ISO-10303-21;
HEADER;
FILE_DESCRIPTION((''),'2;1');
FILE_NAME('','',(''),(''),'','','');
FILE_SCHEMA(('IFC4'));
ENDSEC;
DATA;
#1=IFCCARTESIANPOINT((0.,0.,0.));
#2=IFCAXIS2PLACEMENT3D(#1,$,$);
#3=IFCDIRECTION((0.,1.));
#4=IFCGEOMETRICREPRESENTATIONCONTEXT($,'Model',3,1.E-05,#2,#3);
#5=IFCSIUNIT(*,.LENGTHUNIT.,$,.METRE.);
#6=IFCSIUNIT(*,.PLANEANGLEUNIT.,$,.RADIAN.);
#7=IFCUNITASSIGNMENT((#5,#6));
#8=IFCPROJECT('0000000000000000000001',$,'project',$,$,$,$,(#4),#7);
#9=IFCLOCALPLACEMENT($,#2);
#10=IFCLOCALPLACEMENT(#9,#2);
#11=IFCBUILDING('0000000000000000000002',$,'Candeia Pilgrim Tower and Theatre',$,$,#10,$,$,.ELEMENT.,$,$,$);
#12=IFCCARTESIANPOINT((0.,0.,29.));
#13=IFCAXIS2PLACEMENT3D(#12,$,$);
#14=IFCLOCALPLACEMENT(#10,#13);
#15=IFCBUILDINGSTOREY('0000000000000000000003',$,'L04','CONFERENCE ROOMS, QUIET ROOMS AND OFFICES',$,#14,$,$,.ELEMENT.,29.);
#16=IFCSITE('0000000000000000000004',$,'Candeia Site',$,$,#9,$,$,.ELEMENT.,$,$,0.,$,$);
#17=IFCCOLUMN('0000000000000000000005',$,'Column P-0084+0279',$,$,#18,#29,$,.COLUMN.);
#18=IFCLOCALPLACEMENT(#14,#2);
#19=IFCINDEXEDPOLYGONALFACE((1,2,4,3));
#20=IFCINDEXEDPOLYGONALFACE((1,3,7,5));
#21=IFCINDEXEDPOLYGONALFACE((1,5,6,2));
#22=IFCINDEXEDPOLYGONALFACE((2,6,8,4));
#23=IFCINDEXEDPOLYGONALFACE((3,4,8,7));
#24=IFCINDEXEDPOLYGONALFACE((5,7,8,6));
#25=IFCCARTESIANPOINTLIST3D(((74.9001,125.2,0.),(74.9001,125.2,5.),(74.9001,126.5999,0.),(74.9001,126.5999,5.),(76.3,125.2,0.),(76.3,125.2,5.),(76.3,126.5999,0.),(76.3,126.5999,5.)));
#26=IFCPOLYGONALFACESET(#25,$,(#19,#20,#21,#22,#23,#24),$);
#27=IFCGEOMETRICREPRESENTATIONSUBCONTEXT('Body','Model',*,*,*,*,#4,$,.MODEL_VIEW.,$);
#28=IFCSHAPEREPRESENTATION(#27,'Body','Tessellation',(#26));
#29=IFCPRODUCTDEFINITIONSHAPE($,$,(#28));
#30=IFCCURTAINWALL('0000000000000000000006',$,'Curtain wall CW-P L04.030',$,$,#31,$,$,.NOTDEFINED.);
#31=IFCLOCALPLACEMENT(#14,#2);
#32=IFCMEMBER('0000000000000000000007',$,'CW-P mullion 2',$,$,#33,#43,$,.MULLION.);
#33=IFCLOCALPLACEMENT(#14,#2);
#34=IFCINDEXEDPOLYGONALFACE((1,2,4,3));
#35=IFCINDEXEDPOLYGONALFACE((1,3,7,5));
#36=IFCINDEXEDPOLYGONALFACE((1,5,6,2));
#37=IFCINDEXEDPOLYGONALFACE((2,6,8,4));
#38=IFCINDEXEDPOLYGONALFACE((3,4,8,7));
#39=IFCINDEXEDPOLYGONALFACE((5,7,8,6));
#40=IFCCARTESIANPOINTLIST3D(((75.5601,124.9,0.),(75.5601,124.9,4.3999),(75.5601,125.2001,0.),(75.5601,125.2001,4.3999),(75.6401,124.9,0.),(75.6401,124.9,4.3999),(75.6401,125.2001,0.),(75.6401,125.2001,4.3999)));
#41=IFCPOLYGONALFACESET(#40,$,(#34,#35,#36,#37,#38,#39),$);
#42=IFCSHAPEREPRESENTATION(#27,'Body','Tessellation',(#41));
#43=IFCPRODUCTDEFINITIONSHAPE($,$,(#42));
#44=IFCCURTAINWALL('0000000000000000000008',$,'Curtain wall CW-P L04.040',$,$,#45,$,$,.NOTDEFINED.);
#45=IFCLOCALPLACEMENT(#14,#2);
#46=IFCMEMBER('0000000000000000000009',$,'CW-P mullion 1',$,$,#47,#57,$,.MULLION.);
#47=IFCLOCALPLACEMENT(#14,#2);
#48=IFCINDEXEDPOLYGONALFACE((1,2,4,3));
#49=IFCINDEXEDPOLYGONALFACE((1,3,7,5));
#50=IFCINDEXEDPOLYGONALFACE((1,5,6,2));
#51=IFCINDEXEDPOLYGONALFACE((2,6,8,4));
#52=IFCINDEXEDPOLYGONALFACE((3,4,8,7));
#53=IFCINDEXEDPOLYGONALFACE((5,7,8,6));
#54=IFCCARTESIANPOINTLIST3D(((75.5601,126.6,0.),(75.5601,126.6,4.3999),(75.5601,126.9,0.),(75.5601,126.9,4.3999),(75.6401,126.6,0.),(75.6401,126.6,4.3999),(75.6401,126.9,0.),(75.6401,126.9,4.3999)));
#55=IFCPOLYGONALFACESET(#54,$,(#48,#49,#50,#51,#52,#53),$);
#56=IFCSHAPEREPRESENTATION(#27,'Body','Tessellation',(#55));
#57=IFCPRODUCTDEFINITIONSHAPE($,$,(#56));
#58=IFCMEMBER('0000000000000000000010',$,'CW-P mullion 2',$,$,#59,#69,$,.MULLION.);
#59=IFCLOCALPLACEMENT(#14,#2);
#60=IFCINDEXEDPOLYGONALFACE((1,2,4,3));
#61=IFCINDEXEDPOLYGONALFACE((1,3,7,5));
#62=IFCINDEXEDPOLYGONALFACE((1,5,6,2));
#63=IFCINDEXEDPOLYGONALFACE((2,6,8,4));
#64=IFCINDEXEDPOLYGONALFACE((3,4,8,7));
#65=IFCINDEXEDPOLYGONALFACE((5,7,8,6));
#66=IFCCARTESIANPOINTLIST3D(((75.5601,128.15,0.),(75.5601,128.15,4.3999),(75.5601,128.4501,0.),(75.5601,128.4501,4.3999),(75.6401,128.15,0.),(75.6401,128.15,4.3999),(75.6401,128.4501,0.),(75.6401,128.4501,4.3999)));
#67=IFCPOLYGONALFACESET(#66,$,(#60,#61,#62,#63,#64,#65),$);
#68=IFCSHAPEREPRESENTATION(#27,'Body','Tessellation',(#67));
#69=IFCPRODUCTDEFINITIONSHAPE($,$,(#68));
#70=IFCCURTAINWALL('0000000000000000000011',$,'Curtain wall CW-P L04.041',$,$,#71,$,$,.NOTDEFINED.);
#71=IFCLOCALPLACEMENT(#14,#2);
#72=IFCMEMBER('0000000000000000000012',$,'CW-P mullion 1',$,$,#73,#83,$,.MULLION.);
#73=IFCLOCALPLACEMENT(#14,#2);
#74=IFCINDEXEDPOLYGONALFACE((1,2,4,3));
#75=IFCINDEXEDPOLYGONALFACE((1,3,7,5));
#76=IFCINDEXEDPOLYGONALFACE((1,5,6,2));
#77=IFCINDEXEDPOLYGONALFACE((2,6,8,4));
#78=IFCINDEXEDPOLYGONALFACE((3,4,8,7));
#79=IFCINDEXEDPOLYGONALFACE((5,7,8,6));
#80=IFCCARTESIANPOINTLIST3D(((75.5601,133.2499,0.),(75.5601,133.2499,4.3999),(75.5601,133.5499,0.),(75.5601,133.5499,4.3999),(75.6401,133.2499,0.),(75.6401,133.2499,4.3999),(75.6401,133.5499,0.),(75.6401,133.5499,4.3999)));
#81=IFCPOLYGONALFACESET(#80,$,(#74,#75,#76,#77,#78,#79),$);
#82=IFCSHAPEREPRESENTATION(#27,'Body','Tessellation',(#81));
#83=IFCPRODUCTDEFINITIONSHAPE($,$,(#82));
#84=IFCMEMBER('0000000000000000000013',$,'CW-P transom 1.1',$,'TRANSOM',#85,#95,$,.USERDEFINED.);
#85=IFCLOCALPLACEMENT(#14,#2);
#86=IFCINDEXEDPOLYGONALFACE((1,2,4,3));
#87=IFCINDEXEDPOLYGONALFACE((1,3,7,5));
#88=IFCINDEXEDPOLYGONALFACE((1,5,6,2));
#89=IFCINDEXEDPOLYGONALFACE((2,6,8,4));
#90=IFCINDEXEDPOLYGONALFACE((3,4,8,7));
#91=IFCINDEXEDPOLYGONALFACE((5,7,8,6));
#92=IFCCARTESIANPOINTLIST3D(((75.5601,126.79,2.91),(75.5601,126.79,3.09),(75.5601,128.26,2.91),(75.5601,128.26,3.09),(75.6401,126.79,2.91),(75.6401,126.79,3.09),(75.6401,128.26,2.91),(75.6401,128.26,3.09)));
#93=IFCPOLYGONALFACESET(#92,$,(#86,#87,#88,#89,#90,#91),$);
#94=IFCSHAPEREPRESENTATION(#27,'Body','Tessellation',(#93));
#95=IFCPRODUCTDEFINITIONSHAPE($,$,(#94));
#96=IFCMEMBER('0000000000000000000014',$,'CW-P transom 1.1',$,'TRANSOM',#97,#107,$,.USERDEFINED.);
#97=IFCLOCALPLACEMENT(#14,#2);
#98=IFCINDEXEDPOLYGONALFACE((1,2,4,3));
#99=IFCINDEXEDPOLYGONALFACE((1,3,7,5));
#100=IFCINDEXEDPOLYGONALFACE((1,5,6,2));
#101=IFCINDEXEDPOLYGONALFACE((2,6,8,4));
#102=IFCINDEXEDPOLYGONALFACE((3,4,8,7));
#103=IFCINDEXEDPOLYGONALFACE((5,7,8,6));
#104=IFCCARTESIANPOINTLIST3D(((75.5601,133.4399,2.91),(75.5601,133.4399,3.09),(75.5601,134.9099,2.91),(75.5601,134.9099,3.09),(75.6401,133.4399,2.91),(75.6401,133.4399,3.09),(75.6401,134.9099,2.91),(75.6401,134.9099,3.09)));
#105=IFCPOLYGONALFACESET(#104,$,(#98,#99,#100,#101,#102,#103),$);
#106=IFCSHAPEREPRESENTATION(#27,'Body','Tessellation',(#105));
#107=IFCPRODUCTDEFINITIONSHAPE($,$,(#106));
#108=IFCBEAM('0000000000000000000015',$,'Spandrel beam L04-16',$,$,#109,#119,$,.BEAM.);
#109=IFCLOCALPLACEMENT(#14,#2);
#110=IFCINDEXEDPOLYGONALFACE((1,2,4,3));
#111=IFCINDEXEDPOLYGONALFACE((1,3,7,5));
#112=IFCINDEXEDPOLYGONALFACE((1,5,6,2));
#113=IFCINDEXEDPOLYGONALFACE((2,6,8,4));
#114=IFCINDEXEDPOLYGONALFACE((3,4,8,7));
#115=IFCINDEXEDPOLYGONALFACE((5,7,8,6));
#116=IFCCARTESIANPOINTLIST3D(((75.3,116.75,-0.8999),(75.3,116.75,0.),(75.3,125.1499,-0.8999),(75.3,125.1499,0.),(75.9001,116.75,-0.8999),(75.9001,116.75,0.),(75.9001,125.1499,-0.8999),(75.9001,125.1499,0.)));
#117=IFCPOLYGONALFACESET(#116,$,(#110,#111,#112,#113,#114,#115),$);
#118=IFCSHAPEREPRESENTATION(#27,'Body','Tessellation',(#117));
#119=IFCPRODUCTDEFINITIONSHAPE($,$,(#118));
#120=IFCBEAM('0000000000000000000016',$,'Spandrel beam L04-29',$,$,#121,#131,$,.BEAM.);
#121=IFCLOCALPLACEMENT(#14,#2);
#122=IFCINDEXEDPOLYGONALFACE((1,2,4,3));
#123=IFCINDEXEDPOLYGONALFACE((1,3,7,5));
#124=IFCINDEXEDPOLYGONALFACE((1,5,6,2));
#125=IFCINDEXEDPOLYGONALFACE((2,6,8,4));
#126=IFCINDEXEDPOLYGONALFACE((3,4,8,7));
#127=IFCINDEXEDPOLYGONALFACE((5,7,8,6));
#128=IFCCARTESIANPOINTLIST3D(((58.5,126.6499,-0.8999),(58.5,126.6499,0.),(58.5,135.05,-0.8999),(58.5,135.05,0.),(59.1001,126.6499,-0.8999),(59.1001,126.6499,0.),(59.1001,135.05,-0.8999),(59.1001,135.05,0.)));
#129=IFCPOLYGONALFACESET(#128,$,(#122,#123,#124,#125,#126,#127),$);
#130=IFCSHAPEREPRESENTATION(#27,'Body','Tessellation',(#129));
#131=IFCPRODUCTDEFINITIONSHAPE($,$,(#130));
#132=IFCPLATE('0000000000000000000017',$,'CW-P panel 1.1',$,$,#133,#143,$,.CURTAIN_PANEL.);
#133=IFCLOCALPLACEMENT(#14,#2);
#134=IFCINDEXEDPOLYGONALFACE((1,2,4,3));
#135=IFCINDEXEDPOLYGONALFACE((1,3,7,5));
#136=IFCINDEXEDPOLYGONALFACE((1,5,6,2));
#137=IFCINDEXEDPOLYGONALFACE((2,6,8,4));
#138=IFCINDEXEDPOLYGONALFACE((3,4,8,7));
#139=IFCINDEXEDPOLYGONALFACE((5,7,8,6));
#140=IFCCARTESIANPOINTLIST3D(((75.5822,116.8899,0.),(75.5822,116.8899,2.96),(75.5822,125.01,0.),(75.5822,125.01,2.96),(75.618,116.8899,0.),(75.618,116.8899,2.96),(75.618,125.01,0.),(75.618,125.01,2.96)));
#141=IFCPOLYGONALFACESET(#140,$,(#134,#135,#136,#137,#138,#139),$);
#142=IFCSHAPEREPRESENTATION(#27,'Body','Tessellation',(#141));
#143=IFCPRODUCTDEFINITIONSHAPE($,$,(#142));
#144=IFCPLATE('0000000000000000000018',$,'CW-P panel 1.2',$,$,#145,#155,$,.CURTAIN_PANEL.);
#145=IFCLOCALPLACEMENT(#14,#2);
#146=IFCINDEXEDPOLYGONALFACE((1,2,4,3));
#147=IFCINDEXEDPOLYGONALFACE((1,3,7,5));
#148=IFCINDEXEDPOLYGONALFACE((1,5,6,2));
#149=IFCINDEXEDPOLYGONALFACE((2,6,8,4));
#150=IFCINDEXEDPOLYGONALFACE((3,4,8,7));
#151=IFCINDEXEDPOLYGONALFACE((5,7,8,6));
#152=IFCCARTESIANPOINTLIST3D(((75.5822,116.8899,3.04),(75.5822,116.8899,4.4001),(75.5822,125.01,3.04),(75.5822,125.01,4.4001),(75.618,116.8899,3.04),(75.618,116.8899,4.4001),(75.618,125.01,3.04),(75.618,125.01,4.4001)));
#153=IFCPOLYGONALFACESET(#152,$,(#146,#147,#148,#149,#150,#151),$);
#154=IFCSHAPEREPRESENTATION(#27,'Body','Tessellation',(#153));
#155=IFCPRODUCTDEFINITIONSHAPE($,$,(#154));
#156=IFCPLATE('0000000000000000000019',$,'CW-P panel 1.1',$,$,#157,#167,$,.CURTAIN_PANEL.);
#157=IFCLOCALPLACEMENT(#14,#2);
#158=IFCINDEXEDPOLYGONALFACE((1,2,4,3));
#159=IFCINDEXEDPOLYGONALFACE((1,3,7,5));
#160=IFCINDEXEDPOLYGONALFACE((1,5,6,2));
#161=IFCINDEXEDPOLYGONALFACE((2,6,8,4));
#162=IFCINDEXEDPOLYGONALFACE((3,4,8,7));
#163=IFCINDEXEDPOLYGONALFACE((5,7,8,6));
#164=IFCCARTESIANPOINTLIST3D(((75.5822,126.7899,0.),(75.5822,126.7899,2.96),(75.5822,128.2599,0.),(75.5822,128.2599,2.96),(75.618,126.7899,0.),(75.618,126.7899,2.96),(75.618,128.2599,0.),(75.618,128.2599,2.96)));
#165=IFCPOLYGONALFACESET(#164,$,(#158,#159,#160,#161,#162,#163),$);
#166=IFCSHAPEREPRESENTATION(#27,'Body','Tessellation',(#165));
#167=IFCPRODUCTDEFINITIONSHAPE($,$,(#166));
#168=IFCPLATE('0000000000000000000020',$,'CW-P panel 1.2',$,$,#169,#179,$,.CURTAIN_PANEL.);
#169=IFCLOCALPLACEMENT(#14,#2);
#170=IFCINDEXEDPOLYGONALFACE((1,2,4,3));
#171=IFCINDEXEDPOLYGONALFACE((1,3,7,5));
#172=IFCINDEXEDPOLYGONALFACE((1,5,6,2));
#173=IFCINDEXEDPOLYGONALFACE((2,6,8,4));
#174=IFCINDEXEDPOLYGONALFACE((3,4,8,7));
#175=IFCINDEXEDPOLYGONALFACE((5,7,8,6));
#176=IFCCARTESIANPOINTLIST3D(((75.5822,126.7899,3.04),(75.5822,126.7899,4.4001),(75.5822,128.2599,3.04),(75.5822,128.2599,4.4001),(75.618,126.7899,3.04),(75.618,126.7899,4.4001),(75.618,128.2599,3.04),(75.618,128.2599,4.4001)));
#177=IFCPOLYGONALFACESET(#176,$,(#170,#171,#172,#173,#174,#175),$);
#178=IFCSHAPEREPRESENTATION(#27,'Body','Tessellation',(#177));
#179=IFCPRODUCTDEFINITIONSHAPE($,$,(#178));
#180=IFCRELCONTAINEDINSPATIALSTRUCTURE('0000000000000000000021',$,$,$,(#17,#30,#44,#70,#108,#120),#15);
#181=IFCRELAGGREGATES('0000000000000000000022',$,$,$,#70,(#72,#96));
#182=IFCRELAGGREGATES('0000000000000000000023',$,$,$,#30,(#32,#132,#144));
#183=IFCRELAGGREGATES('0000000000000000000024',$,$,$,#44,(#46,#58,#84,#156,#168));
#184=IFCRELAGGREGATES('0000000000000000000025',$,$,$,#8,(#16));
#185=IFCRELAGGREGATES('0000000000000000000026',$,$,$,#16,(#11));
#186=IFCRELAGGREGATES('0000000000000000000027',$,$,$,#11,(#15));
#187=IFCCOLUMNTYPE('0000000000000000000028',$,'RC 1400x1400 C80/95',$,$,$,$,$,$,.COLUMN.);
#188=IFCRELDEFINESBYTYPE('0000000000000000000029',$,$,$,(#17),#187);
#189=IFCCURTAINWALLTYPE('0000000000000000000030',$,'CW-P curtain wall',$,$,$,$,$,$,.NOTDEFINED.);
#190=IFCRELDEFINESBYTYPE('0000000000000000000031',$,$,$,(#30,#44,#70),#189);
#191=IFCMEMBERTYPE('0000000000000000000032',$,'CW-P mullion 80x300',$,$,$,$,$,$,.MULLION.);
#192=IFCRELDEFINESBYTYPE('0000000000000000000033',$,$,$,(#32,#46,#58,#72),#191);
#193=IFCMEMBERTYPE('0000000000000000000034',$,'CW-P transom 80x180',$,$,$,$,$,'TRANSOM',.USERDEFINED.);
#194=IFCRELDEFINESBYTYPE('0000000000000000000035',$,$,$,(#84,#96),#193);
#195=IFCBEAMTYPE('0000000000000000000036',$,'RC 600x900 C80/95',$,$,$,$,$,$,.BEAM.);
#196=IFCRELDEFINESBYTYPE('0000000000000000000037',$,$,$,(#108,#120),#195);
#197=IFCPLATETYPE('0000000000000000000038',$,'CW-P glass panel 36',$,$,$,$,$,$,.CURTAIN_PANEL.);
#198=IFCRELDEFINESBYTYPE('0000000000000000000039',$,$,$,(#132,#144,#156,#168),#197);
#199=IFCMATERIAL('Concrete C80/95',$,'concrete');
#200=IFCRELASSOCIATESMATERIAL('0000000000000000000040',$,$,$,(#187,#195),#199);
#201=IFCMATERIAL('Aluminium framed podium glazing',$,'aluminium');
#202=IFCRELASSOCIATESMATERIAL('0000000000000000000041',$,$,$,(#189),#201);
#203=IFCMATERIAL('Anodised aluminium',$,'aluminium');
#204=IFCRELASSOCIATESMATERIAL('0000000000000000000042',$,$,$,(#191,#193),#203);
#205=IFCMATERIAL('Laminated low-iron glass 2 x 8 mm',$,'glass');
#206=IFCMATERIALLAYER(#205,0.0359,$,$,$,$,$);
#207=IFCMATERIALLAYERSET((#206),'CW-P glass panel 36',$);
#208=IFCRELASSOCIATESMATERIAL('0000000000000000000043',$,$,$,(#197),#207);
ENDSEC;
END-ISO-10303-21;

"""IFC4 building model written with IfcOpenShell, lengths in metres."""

from ifc_helpers import new_model, si_unit, direction, frame, origin, origin_2d, place, context, subcontext, project, spatial, rectangle, extrude, material, layer, layer_set, material_profile, profile_set, type_object, element, aggregate, save


model = new_model("IFC4")

# Units and contexts
model_context = context("Model", 3, precision=1e-05, world=origin(), true_north=direction((0.0, 1.0)))
body_context = subcontext(model_context, "Body", "Model", "MODEL_VIEW")
ifc_project = project(units=[si_unit("LENGTHUNIT", "METRE"), si_unit("PLANEANGLEUNIT", "RADIAN")], contexts=[model_context])

# Site, building, storey
site_placement = place(None, origin())
site = spatial("IfcSite", under=ifc_project, at=site_placement, Name="Candeia Site", CompositionType="ELEMENT", RefElevation=0.0)
building_placement = place(site_placement, origin())
building = spatial("IfcBuilding", under=site, at=building_placement, Name="Candeia Pilgrim Tower and Theatre", CompositionType="ELEMENT")
storey_placement = place(building_placement, frame((0.0, 0.0, 29.0)))
storey = spatial("IfcBuildingStorey", under=building, at=storey_placement, Name="L04", Description="CONFERENCE ROOMS, QUIET ROOMS AND OFFICES", CompositionType="ELEMENT", Elevation=29.0)

# Column
ifc_material_1 = material(Name="Concrete C80/95", Category="concrete")
ifc_material_profile_1 = material_profile(ifc_material_1, rectangle(XDim=1.3999, YDim=1.3999, at=origin_2d()))
ifc_profile_set_1 = profile_set([ifc_material_profile_1], Name="Concrete C80/95")
column_type = type_object("IfcColumnType", Name="RC 1400x1400 C80/95", PredefinedType="COLUMN", material=ifc_profile_set_1)
column_placement = place(storey_placement, frame((75.6001, 125.8999, 0.0), z_axis=(0.0, 0.0, 1.0), x_axis=(1.0, 0.0, 0.0)))
element("IfcColumn", 1, at=column_placement, inside=storey, type_object=column_type, Name="Column P-0084+0279", PredefinedType="COLUMN", context=body_context, shape_type="SweptSolid", body=[
    extrude(rectangle(XDim=1.3999, YDim=1.3999, at=origin_2d()), origin(), (0.0, 0.0, 1.0), 5.0),
])

# Curtain wall, member
ifc_material_2 = material(Name="Aluminium framed podium glazing", Category="aluminium")
curtain_wall_type = type_object("IfcCurtainWallType", Name="CW-P curtain wall", PredefinedType="NOTDEFINED", material=ifc_material_2)
curtain_wall_1_placement = place(storey_placement, origin())
curtain_wall_1 = element("IfcCurtainWall", 2, at=curtain_wall_1_placement, inside=storey, type_object=curtain_wall_type, Name="Curtain wall CW-P L04.030", PredefinedType="NOTDEFINED")
ifc_material_3 = material(Name="Anodised aluminium", Category="aluminium")
ifc_material_profile_2 = material_profile(ifc_material_3, rectangle(XDim=0.0801, YDim=0.3, at=origin_2d()))
ifc_profile_set_2 = profile_set([ifc_material_profile_2], Name="Anodised aluminium")
member_type_1 = type_object("IfcMemberType", Name="CW-P mullion 80x300", PredefinedType="MULLION", material=ifc_profile_set_2)
member_1_placement = place(storey_placement, frame((75.6001, 125.05, 0.0), z_axis=(0.0, 0.0, 1.0), x_axis=(-1.0, 0.0, 0.0)))
member_1 = element("IfcMember", 3, at=member_1_placement, type_object=member_type_1, Name="CW-P mullion 2", PredefinedType="MULLION", context=body_context, shape_type="SweptSolid", body=[
    extrude(rectangle(XDim=0.0801, YDim=0.3, at=origin_2d()), origin(), (0.0, 0.0, 1.0), 4.3999),
])

# Curtain wall, members
curtain_wall_2_placement = place(storey_placement, origin())
curtain_wall_2 = element("IfcCurtainWall", 4, at=curtain_wall_2_placement, inside=storey, type_object=curtain_wall_type, Name="Curtain wall CW-P L04.040", PredefinedType="NOTDEFINED")
member_2_placement = place(storey_placement, frame((75.6001, 126.75, 0.0), z_axis=(0.0, 0.0, 1.0), x_axis=(-1.0, 0.0, 0.0)))
member_2 = element("IfcMember", 5, at=member_2_placement, type_object=member_type_1, Name="CW-P mullion 1", PredefinedType="MULLION", context=body_context, shape_type="SweptSolid", body=[
    extrude(rectangle(XDim=0.0801, YDim=0.3, at=origin_2d()), origin(), (0.0, 0.0, 1.0), 4.3999),
])
member_3_placement = place(storey_placement, frame((75.6001, 128.3, 0.0), z_axis=(0.0, 0.0, 1.0), x_axis=(-1.0, 0.0, 0.0)))
member_3 = element("IfcMember", 6, at=member_3_placement, type_object=member_type_1, Name="CW-P mullion 2", PredefinedType="MULLION", context=body_context, shape_type="SweptSolid", body=[
    extrude(rectangle(XDim=0.0801, YDim=0.3, at=origin_2d()), origin(), (0.0, 0.0, 1.0), 4.3999),
])

# Curtain wall, member
curtain_wall_3_placement = place(storey_placement, origin())
curtain_wall_3 = element("IfcCurtainWall", 7, at=curtain_wall_3_placement, inside=storey, type_object=curtain_wall_type, Name="Curtain wall CW-P L04.041", PredefinedType="NOTDEFINED")
member_4_placement = place(storey_placement, frame((75.6001, 133.3999, 0.0), z_axis=(0.0, 0.0, 1.0), x_axis=(-1.0, 0.0, 0.0)))
member_4 = element("IfcMember", 8, at=member_4_placement, type_object=member_type_1, Name="CW-P mullion 1", PredefinedType="MULLION", context=body_context, shape_type="SweptSolid", body=[
    extrude(rectangle(XDim=0.0801, YDim=0.3, at=origin_2d()), origin(), (0.0, 0.0, 1.0), 4.3999),
])

# Members
ifc_material_profile_3 = material_profile(ifc_material_3, rectangle(XDim=0.0801, YDim=0.1799, at=origin_2d()))
ifc_profile_set_3 = profile_set([ifc_material_profile_3], Name="Anodised aluminium")
member_type_2 = type_object("IfcMemberType", Name="CW-P transom 80x180", ElementType="TRANSOM", PredefinedType="USERDEFINED", material=ifc_profile_set_3)
member_5_placement = place(storey_placement, frame((75.6001, 126.79, 3.0), z_axis=(0.0, 1.0, 0.0), x_axis=(-1.0, 0.0, 0.0)))
member_5 = element("IfcMember", 9, at=member_5_placement, type_object=member_type_2, Name="CW-P transom 1.1", ObjectType="TRANSOM", PredefinedType="USERDEFINED", context=body_context, shape_type="SweptSolid", body=[
    extrude(rectangle(XDim=0.0801, YDim=0.1799, at=origin_2d()), origin(), (0.0, 0.0, 1.0), 1.47),
])
member_6_placement = place(storey_placement, frame((75.6001, 133.4399, 3.0), z_axis=(0.0, 1.0, 0.0), x_axis=(-1.0, 0.0, 0.0)))
member_6 = element("IfcMember", 10, at=member_6_placement, type_object=member_type_2, Name="CW-P transom 1.1", ObjectType="TRANSOM", PredefinedType="USERDEFINED", context=body_context, shape_type="SweptSolid", body=[
    extrude(rectangle(XDim=0.0801, YDim=0.1799, at=origin_2d()), origin(), (0.0, 0.0, 1.0), 1.47),
])
aggregate(curtain_wall_3, [member_4, member_6])

# Beams
ifc_material_profile_4 = material_profile(ifc_material_1, rectangle(XDim=0.6001, YDim=0.8999, at=origin_2d()))
ifc_profile_set_4 = profile_set([ifc_material_profile_4], Name="Concrete C80/95")
beam_type = type_object("IfcBeamType", Name="RC 600x900 C80/95", PredefinedType="BEAM", material=ifc_profile_set_4)
beam_1_placement = place(storey_placement, frame((75.6001, 125.1499, -0.45), z_axis=(0.0, -1.0, 0.0), x_axis=(1.0, 0.0, 0.0)))
element("IfcBeam", 11, at=beam_1_placement, inside=storey, type_object=beam_type, Name="Spandrel beam L04-16", PredefinedType="BEAM", context=body_context, shape_type="SweptSolid", body=[
    extrude(rectangle(XDim=0.6001, YDim=0.8999, at=origin_2d()), origin(), (0.0, 0.0, 1.0), 8.3999),
])
beam_2_placement = place(storey_placement, frame((58.8, 126.6499, -0.45), z_axis=(0.0, 1.0, 0.0), x_axis=(-1.0, 0.0, 0.0)))
element("IfcBeam", 12, at=beam_2_placement, inside=storey, type_object=beam_type, Name="Spandrel beam L04-29", PredefinedType="BEAM", context=body_context, shape_type="SweptSolid", body=[
    extrude(rectangle(XDim=0.6001, YDim=0.8999, at=origin_2d()), origin(), (0.0, 0.0, 1.0), 8.4001),
])

# Plates
ifc_material_4 = material(Name="Laminated low-iron glass 2 x 8 mm", Category="glass")
ifc_layer_1 = layer(ifc_material_4, 0.0359)
ifc_layer_set_1 = layer_set([ifc_layer_1], Name="CW-P glass panel 36")
plate_type = type_object("IfcPlateType", Name="CW-P glass panel 36", PredefinedType="CURTAIN_PANEL", material=ifc_layer_set_1)
plate_1_placement = place(storey_placement, frame((75.6001, 120.95, 0.0), z_axis=(0.0, 0.0, 1.0), x_axis=(0.0, 1.0, 0.0)))
plate_1 = element("IfcPlate", 13, at=plate_1_placement, type_object=plate_type, Name="CW-P panel 1.1", PredefinedType="CURTAIN_PANEL", context=body_context, shape_type="SweptSolid", body=[
    extrude(rectangle(XDim=8.1201, YDim=0.0359, at=origin_2d()), origin(), (0.0, 0.0, 1.0), 2.96),
])
plate_2_placement = place(storey_placement, frame((75.6001, 120.95, 3.04), z_axis=(0.0, 0.0, 1.0), x_axis=(0.0, 1.0, 0.0)))
plate_2 = element("IfcPlate", 14, at=plate_2_placement, type_object=plate_type, Name="CW-P panel 1.2", PredefinedType="CURTAIN_PANEL", context=body_context, shape_type="SweptSolid", body=[
    extrude(rectangle(XDim=8.1201, YDim=0.0359, at=origin_2d()), origin(), (0.0, 0.0, 1.0), 1.3601),
])
aggregate(curtain_wall_1, [member_1, plate_1, plate_2])
plate_3_placement = place(storey_placement, frame((75.6001, 127.5249, 0.0), z_axis=(0.0, 0.0, 1.0), x_axis=(0.0, 1.0, 0.0)))
plate_3 = element("IfcPlate", 15, at=plate_3_placement, type_object=plate_type, Name="CW-P panel 1.1", PredefinedType="CURTAIN_PANEL", context=body_context, shape_type="SweptSolid", body=[
    extrude(rectangle(XDim=1.47, YDim=0.0359, at=origin_2d()), origin(), (0.0, 0.0, 1.0), 2.96),
])
plate_4_placement = place(storey_placement, frame((75.6001, 127.5249, 3.04), z_axis=(0.0, 0.0, 1.0), x_axis=(0.0, 1.0, 0.0)))
plate_4 = element("IfcPlate", 16, at=plate_4_placement, type_object=plate_type, Name="CW-P panel 1.2", PredefinedType="CURTAIN_PANEL", context=body_context, shape_type="SweptSolid", body=[
    extrude(rectangle(XDim=1.47, YDim=0.0359, at=origin_2d()), origin(), (0.0, 0.0, 1.0), 1.3601),
])
aggregate(curtain_wall_2, [member_2, member_3, member_5, plate_3, plate_4])

save(model, "model.ifc")
